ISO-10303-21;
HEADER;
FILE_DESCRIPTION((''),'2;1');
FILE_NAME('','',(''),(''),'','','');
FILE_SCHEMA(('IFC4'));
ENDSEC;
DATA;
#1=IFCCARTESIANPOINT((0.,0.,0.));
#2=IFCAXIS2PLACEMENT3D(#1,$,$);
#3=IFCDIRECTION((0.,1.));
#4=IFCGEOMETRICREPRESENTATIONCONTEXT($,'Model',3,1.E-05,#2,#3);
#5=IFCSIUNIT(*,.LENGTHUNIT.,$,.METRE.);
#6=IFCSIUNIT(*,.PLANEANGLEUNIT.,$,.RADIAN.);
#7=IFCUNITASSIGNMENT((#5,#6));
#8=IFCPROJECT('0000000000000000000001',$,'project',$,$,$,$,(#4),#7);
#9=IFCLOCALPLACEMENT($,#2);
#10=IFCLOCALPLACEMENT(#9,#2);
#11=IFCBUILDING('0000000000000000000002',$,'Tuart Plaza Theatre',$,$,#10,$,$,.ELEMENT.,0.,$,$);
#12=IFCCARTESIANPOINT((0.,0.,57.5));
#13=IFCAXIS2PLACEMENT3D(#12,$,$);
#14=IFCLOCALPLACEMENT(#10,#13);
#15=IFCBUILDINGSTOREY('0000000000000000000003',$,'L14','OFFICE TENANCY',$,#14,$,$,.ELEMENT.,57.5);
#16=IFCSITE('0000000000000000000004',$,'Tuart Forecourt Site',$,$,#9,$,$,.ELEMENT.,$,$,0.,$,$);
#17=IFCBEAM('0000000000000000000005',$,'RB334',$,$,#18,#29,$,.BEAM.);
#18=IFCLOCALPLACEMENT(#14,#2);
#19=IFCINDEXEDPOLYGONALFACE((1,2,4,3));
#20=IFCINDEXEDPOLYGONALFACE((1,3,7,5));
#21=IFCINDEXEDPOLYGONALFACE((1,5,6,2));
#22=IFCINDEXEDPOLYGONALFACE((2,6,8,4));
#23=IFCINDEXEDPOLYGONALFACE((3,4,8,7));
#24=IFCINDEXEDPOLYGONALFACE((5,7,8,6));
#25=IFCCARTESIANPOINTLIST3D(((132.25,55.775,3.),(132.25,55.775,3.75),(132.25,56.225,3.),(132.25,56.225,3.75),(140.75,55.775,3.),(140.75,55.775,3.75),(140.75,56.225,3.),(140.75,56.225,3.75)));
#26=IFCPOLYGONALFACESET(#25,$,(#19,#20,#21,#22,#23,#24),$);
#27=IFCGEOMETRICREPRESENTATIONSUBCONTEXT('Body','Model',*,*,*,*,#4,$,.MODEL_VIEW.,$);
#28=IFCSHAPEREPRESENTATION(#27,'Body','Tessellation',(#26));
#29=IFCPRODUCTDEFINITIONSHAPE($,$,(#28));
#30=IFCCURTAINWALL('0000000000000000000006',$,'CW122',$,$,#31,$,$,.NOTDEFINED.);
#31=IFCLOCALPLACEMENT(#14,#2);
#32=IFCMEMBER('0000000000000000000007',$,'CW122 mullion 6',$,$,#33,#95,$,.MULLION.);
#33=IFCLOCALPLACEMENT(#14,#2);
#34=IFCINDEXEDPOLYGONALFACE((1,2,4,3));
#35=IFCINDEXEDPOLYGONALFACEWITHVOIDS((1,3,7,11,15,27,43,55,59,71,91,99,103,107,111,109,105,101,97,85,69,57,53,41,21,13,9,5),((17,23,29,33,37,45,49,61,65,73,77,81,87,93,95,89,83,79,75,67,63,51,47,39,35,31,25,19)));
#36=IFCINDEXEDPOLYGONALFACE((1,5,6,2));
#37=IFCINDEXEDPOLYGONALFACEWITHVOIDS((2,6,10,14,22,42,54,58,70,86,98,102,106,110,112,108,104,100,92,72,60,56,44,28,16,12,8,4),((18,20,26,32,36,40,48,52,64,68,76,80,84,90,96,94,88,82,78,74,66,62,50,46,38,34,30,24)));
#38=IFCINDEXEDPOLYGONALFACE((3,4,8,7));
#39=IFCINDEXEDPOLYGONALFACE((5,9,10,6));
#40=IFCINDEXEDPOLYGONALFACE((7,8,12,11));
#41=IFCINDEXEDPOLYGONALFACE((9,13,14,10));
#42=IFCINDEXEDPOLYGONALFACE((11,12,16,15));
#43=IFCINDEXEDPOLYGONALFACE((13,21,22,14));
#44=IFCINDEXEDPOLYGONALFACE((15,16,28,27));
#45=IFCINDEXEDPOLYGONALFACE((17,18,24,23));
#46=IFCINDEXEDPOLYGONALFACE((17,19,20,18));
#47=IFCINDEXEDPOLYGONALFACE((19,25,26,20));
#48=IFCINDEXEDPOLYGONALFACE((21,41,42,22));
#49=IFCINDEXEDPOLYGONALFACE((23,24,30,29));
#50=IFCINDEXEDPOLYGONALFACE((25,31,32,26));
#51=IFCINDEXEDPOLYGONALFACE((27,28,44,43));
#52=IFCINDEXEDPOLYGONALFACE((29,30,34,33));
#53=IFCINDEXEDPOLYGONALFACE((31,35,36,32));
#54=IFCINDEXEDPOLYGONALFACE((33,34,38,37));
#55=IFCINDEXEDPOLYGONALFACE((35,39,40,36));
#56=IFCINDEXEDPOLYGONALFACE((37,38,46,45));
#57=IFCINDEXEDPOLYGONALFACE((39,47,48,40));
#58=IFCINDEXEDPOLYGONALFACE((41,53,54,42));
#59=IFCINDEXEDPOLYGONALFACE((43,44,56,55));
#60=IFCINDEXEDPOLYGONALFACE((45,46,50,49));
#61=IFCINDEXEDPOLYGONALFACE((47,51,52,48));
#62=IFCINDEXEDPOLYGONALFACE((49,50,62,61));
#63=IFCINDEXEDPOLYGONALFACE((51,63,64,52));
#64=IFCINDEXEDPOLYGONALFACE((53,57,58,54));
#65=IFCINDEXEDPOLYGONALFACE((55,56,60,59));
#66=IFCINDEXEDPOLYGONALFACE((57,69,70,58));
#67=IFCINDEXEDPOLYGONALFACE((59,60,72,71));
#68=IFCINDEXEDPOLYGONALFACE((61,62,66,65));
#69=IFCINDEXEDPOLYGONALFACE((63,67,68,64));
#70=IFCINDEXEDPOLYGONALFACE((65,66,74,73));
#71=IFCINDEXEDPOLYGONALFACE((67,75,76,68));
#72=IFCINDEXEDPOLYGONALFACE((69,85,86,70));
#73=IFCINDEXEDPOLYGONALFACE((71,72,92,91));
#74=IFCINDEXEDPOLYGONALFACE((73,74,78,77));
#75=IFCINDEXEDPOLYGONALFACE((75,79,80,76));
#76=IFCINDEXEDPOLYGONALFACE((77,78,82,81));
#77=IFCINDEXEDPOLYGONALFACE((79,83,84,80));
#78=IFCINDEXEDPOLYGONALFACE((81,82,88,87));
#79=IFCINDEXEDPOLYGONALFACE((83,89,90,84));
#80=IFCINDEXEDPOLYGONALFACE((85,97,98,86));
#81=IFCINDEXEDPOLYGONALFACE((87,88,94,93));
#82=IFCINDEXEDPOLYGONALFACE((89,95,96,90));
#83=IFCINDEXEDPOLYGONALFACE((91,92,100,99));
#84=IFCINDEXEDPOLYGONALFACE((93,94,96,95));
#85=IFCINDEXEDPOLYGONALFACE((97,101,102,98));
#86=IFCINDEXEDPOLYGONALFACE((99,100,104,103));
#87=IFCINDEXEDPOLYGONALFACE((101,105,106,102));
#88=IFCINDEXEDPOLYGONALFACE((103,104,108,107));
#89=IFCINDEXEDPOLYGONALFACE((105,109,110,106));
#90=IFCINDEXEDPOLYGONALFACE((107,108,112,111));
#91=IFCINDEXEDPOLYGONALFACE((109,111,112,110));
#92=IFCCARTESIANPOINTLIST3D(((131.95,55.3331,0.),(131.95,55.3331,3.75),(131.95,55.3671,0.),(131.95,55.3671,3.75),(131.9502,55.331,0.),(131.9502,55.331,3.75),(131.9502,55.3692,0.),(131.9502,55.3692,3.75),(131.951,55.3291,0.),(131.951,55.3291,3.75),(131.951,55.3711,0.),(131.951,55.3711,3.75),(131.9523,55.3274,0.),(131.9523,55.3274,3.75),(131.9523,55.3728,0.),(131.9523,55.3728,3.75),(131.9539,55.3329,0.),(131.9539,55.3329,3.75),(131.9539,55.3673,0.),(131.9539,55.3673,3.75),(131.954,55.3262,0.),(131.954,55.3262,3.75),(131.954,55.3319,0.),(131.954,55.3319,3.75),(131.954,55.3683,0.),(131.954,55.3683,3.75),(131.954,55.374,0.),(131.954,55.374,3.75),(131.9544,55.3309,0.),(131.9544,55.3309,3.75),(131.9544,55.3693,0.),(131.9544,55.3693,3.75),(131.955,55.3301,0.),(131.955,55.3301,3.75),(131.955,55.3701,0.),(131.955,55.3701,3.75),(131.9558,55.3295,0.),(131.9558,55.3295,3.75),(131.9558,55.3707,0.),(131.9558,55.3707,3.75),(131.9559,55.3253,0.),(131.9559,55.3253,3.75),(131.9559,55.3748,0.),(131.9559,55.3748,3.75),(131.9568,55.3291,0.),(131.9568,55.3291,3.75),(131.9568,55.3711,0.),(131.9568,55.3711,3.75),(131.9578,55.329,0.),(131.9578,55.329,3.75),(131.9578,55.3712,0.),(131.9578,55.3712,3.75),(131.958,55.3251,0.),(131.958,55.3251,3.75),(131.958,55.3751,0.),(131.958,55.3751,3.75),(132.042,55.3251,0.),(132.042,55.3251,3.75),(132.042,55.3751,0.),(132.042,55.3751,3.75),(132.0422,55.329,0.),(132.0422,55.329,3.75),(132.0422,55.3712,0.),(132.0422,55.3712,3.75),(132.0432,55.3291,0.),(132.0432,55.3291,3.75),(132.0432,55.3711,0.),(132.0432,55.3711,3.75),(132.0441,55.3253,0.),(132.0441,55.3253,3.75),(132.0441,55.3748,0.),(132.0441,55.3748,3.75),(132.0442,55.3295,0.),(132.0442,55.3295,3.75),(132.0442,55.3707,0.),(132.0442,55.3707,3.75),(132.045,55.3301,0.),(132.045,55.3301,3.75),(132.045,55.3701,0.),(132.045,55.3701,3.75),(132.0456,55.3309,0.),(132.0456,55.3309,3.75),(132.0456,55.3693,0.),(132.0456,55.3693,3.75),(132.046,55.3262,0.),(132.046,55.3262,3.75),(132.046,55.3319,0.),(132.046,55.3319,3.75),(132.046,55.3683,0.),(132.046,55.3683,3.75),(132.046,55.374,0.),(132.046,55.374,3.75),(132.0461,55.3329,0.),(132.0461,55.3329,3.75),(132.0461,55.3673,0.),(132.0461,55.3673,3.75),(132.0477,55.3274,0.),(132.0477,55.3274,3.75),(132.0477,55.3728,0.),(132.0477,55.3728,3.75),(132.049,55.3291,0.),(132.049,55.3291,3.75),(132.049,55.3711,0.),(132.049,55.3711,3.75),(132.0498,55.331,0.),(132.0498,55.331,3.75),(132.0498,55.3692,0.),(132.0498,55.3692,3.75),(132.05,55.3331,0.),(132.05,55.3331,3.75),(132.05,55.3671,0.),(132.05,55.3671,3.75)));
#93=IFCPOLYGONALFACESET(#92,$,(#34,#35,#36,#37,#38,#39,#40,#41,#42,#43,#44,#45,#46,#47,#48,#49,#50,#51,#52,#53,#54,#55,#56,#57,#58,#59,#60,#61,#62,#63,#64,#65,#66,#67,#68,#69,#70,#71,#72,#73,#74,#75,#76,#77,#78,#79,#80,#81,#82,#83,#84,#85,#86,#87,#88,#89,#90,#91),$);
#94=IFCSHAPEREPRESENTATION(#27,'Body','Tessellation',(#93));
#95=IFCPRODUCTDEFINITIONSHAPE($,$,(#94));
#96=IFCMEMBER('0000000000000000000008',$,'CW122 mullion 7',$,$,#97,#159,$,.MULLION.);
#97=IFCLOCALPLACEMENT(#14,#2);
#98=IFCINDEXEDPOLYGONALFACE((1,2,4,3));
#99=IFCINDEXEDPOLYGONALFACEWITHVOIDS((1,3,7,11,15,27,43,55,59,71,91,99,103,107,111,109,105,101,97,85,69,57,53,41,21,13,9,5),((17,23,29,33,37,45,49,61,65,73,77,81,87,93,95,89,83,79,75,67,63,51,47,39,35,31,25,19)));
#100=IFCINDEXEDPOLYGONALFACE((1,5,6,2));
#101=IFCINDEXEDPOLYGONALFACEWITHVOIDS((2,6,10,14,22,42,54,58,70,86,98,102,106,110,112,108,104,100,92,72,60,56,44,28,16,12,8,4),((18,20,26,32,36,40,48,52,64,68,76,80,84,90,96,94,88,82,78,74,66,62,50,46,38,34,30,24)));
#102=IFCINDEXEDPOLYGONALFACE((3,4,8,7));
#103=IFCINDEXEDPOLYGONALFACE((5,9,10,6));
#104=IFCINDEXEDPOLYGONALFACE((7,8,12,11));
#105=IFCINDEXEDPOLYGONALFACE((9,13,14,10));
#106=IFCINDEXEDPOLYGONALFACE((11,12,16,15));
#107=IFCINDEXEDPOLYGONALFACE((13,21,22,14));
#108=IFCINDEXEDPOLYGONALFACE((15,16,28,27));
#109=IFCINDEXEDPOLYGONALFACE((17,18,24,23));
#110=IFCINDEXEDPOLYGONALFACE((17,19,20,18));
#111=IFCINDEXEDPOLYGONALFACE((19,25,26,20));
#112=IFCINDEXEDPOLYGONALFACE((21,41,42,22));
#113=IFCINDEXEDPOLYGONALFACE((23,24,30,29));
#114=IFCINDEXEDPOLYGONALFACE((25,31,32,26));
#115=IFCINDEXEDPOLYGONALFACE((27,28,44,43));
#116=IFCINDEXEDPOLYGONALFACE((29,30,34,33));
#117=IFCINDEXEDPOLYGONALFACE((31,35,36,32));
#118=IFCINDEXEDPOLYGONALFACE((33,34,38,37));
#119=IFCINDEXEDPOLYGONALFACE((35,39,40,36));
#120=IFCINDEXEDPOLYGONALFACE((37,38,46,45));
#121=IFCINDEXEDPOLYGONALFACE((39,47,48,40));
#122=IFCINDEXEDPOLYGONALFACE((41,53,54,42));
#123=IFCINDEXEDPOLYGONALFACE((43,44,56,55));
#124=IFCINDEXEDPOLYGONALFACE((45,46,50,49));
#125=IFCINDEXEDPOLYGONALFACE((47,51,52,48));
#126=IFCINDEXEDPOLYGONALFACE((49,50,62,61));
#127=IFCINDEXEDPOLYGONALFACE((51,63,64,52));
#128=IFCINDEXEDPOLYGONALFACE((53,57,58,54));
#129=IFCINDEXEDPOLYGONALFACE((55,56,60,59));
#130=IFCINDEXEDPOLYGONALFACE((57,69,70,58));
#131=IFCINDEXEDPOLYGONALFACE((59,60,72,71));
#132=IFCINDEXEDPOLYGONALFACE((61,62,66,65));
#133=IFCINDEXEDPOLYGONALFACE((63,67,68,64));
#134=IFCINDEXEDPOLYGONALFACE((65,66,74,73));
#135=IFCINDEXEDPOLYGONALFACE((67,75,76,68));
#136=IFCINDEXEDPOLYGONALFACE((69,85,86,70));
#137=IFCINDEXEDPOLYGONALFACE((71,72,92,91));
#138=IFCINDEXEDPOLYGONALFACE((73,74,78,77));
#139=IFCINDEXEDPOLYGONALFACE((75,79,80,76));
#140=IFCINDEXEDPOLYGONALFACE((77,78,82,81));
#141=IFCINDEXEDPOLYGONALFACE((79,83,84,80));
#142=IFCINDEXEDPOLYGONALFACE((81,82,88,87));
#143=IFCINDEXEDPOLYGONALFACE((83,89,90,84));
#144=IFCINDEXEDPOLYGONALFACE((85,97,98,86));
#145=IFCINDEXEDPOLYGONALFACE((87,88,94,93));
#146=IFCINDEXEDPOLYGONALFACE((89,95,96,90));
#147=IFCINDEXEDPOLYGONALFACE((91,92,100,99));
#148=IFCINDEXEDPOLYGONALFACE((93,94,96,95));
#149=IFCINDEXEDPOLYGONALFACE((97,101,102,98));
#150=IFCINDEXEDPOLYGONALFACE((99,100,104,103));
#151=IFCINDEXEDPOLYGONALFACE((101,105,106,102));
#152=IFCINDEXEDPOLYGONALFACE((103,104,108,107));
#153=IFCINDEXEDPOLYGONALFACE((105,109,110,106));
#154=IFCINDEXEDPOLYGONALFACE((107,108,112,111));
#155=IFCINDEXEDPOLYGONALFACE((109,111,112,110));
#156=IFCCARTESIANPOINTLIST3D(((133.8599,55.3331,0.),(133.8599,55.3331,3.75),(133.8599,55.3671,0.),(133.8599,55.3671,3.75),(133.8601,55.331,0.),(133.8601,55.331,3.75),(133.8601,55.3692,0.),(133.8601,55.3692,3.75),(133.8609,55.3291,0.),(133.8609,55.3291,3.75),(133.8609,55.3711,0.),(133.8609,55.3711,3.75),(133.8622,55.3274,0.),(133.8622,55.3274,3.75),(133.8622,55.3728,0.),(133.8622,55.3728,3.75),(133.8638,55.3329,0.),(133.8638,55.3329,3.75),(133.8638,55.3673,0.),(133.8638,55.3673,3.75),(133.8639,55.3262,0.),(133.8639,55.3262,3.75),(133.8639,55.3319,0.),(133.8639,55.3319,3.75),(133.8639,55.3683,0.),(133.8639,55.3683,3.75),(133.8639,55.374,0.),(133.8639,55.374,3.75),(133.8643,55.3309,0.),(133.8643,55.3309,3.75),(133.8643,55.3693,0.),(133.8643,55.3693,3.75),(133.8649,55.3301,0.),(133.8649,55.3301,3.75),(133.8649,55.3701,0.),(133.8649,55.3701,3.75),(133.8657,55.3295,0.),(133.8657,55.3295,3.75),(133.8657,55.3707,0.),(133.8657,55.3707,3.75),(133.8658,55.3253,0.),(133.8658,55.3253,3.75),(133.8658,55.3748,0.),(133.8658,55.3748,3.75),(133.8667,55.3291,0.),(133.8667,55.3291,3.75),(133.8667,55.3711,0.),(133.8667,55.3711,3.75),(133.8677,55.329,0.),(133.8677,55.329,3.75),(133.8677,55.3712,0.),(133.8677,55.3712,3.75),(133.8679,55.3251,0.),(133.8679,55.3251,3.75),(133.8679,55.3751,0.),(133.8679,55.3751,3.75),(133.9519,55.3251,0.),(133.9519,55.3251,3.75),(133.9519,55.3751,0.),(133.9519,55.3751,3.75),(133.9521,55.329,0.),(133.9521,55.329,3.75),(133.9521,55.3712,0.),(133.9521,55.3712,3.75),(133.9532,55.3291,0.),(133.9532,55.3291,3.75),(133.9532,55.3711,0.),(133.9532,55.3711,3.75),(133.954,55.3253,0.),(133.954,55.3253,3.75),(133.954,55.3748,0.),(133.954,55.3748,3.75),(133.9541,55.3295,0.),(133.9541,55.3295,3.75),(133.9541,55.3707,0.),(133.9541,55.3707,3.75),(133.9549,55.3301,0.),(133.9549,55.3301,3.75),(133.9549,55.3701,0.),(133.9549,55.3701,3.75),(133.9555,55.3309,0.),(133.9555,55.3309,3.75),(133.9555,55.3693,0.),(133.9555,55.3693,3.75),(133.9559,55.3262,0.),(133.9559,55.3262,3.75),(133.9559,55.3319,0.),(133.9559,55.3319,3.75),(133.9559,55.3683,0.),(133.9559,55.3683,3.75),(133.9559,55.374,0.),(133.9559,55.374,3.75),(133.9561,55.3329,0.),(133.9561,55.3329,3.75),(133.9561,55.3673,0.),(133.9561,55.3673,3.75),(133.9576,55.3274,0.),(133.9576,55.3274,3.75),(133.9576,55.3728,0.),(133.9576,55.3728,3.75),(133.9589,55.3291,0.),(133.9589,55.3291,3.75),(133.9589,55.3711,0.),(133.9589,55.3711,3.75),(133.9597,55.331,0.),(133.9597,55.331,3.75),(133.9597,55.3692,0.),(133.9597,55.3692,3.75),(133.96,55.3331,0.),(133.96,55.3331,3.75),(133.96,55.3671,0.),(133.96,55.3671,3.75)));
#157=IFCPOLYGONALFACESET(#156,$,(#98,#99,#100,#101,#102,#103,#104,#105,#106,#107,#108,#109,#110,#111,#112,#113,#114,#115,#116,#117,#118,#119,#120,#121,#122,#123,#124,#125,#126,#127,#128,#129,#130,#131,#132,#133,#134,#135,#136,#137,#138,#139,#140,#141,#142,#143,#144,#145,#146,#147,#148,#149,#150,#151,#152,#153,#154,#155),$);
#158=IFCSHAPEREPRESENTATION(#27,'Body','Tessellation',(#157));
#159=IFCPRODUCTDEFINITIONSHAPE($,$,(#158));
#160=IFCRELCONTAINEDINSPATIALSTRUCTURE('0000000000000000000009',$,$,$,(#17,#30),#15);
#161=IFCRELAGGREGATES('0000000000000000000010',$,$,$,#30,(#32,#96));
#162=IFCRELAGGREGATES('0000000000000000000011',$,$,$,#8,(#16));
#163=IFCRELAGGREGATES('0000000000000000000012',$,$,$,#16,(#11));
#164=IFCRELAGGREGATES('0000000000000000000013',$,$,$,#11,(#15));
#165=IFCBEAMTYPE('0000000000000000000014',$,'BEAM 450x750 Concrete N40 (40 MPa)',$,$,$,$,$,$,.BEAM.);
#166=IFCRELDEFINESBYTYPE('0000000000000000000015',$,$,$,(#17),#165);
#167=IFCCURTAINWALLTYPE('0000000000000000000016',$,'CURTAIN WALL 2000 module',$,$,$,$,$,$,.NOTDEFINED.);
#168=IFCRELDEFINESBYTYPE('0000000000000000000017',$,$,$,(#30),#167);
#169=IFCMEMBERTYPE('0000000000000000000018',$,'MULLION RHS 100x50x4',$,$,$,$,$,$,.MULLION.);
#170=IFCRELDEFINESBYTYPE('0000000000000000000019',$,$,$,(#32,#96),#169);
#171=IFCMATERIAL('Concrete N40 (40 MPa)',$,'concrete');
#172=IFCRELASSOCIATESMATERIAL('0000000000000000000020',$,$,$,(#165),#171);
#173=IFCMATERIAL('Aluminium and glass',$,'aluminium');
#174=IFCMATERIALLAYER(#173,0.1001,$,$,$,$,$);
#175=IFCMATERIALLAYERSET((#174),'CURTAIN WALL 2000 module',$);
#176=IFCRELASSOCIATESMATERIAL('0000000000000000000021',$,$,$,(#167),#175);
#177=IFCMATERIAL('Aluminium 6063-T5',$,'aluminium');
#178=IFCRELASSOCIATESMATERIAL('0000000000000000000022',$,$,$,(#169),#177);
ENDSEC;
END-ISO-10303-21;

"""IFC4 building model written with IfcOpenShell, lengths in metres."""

from ifc_helpers import new_model, si_unit, direction, frame, origin, origin_2d, place, context, subcontext, project, spatial, rectangle, hollow_rectangle, extrude, material, layer, layer_set, material_profile, profile_set, type_object, element, aggregate, save


model = new_model("IFC4")

# Units and contexts
model_context = context("Model", 3, precision=1e-05, world=origin(), true_north=direction((0.0, 1.0)))
body_context = subcontext(model_context, "Body", "Model", "MODEL_VIEW")
ifc_project = project(units=[si_unit("LENGTHUNIT", "METRE"), si_unit("PLANEANGLEUNIT", "RADIAN")], contexts=[model_context])

# Site, building, storey
site_placement = place(None, origin())
site = spatial("IfcSite", under=ifc_project, at=site_placement, Name="Tuart Forecourt Site", CompositionType="ELEMENT", RefElevation=0.0)
building_placement = place(site_placement, origin())
building = spatial("IfcBuilding", under=site, at=building_placement, Name="Tuart Plaza Theatre", CompositionType="ELEMENT", ElevationOfRefHeight=0.0)
storey_placement = place(building_placement, frame((0.0, 0.0, 57.5)))
storey = spatial("IfcBuildingStorey", under=building, at=storey_placement, Name="L14", Description="OFFICE TENANCY", CompositionType="ELEMENT", Elevation=57.5)

# Beam
ifc_material_1 = material(Name="Concrete N40 (40 MPa)", Category="concrete")
ifc_material_profile_1 = material_profile(ifc_material_1, rectangle(XDim=0.45, YDim=0.75, at=origin_2d()), Name="BEAM 450x750 Concrete N40 (40 MPa)")
ifc_profile_set_1 = profile_set([ifc_material_profile_1], Name="Concrete N40 (40 MPa)")
beam_type = type_object("IfcBeamType", Name="BEAM 450x750 Concrete N40 (40 MPa)", PredefinedType="BEAM", material=ifc_profile_set_1)
beam_placement = place(storey_placement, frame((132.25, 56.0, 3.375), z_axis=(1.0, 0.0, 0.0), x_axis=(0.0, 1.0, 0.0)))
element("IfcBeam", 1, at=beam_placement, inside=storey, type_object=beam_type, Name="RB334", PredefinedType="BEAM", context=body_context, shape_type="SweptSolid", body=[
    extrude(rectangle(XDim=0.45, YDim=0.75, at=origin_2d()), origin(), (0.0, 0.0, 1.0), 8.5),
])

# Curtain wall, members
ifc_material_2 = material(Name="Aluminium and glass", Category="aluminium")
ifc_layer_1 = layer(ifc_material_2, 0.1001)
ifc_layer_set_1 = layer_set([ifc_layer_1], Name="CURTAIN WALL 2000 module")
curtain_wall_type = type_object("IfcCurtainWallType", Name="CURTAIN WALL 2000 module", PredefinedType="NOTDEFINED", material=ifc_layer_set_1)
curtain_wall_placement = place(storey_placement, origin())
curtain_wall = element("IfcCurtainWall", 2, at=curtain_wall_placement, inside=storey, type_object=curtain_wall_type, Name="CW122", PredefinedType="NOTDEFINED")
ifc_material_3 = material(Name="Aluminium 6063-T5", Category="aluminium")
ifc_material_profile_2 = material_profile(ifc_material_3, hollow_rectangle(XDim=0.05, YDim=0.1001, WallThickness=0.0039, InnerFilletRadius=0.0039, OuterFilletRadius=0.0081, at=origin_2d()), Name="RHS 100x50x4")
ifc_profile_set_2 = profile_set([ifc_material_profile_2], Name="Aluminium 6063-T5")
member_type_1 = type_object("IfcMemberType", Name="MULLION RHS 100x50x4", PredefinedType="MULLION", material=ifc_profile_set_2)
member_1_placement = place(storey_placement, frame((132.0, 55.3501, 0.0), z_axis=(0.0, 0.0, 1.0), x_axis=(0.0, 1.0, 0.0)))
member_1 = element("IfcMember", 3, at=member_1_placement, type_object=member_type_1, Name="CW122 mullion 6", PredefinedType="MULLION", context=body_context, shape_type="SweptSolid", body=[
    extrude(hollow_rectangle(XDim=0.05, YDim=0.1001, WallThickness=0.0039, InnerFilletRadius=0.0039, OuterFilletRadius=0.0081, at=origin_2d()), origin(), (0.0, 0.0, 1.0), 3.75),
])
member_2_placement = place(storey_placement, frame((133.9099, 55.3501, 0.0), z_axis=(0.0, 0.0, 1.0), x_axis=(0.0, 1.0, 0.0)))
member_2 = element("IfcMember", 4, at=member_2_placement, type_object=member_type_1, Name="CW122 mullion 7", PredefinedType="MULLION", context=body_context, shape_type="SweptSolid", body=[
    extrude(hollow_rectangle(XDim=0.05, YDim=0.1001, WallThickness=0.0039, InnerFilletRadius=0.0039, OuterFilletRadius=0.0081, at=origin_2d()), origin(), (0.0, 0.0, 1.0), 3.75),
])
aggregate(curtain_wall, [member_1, member_2])

save(model, "model.ifc")
